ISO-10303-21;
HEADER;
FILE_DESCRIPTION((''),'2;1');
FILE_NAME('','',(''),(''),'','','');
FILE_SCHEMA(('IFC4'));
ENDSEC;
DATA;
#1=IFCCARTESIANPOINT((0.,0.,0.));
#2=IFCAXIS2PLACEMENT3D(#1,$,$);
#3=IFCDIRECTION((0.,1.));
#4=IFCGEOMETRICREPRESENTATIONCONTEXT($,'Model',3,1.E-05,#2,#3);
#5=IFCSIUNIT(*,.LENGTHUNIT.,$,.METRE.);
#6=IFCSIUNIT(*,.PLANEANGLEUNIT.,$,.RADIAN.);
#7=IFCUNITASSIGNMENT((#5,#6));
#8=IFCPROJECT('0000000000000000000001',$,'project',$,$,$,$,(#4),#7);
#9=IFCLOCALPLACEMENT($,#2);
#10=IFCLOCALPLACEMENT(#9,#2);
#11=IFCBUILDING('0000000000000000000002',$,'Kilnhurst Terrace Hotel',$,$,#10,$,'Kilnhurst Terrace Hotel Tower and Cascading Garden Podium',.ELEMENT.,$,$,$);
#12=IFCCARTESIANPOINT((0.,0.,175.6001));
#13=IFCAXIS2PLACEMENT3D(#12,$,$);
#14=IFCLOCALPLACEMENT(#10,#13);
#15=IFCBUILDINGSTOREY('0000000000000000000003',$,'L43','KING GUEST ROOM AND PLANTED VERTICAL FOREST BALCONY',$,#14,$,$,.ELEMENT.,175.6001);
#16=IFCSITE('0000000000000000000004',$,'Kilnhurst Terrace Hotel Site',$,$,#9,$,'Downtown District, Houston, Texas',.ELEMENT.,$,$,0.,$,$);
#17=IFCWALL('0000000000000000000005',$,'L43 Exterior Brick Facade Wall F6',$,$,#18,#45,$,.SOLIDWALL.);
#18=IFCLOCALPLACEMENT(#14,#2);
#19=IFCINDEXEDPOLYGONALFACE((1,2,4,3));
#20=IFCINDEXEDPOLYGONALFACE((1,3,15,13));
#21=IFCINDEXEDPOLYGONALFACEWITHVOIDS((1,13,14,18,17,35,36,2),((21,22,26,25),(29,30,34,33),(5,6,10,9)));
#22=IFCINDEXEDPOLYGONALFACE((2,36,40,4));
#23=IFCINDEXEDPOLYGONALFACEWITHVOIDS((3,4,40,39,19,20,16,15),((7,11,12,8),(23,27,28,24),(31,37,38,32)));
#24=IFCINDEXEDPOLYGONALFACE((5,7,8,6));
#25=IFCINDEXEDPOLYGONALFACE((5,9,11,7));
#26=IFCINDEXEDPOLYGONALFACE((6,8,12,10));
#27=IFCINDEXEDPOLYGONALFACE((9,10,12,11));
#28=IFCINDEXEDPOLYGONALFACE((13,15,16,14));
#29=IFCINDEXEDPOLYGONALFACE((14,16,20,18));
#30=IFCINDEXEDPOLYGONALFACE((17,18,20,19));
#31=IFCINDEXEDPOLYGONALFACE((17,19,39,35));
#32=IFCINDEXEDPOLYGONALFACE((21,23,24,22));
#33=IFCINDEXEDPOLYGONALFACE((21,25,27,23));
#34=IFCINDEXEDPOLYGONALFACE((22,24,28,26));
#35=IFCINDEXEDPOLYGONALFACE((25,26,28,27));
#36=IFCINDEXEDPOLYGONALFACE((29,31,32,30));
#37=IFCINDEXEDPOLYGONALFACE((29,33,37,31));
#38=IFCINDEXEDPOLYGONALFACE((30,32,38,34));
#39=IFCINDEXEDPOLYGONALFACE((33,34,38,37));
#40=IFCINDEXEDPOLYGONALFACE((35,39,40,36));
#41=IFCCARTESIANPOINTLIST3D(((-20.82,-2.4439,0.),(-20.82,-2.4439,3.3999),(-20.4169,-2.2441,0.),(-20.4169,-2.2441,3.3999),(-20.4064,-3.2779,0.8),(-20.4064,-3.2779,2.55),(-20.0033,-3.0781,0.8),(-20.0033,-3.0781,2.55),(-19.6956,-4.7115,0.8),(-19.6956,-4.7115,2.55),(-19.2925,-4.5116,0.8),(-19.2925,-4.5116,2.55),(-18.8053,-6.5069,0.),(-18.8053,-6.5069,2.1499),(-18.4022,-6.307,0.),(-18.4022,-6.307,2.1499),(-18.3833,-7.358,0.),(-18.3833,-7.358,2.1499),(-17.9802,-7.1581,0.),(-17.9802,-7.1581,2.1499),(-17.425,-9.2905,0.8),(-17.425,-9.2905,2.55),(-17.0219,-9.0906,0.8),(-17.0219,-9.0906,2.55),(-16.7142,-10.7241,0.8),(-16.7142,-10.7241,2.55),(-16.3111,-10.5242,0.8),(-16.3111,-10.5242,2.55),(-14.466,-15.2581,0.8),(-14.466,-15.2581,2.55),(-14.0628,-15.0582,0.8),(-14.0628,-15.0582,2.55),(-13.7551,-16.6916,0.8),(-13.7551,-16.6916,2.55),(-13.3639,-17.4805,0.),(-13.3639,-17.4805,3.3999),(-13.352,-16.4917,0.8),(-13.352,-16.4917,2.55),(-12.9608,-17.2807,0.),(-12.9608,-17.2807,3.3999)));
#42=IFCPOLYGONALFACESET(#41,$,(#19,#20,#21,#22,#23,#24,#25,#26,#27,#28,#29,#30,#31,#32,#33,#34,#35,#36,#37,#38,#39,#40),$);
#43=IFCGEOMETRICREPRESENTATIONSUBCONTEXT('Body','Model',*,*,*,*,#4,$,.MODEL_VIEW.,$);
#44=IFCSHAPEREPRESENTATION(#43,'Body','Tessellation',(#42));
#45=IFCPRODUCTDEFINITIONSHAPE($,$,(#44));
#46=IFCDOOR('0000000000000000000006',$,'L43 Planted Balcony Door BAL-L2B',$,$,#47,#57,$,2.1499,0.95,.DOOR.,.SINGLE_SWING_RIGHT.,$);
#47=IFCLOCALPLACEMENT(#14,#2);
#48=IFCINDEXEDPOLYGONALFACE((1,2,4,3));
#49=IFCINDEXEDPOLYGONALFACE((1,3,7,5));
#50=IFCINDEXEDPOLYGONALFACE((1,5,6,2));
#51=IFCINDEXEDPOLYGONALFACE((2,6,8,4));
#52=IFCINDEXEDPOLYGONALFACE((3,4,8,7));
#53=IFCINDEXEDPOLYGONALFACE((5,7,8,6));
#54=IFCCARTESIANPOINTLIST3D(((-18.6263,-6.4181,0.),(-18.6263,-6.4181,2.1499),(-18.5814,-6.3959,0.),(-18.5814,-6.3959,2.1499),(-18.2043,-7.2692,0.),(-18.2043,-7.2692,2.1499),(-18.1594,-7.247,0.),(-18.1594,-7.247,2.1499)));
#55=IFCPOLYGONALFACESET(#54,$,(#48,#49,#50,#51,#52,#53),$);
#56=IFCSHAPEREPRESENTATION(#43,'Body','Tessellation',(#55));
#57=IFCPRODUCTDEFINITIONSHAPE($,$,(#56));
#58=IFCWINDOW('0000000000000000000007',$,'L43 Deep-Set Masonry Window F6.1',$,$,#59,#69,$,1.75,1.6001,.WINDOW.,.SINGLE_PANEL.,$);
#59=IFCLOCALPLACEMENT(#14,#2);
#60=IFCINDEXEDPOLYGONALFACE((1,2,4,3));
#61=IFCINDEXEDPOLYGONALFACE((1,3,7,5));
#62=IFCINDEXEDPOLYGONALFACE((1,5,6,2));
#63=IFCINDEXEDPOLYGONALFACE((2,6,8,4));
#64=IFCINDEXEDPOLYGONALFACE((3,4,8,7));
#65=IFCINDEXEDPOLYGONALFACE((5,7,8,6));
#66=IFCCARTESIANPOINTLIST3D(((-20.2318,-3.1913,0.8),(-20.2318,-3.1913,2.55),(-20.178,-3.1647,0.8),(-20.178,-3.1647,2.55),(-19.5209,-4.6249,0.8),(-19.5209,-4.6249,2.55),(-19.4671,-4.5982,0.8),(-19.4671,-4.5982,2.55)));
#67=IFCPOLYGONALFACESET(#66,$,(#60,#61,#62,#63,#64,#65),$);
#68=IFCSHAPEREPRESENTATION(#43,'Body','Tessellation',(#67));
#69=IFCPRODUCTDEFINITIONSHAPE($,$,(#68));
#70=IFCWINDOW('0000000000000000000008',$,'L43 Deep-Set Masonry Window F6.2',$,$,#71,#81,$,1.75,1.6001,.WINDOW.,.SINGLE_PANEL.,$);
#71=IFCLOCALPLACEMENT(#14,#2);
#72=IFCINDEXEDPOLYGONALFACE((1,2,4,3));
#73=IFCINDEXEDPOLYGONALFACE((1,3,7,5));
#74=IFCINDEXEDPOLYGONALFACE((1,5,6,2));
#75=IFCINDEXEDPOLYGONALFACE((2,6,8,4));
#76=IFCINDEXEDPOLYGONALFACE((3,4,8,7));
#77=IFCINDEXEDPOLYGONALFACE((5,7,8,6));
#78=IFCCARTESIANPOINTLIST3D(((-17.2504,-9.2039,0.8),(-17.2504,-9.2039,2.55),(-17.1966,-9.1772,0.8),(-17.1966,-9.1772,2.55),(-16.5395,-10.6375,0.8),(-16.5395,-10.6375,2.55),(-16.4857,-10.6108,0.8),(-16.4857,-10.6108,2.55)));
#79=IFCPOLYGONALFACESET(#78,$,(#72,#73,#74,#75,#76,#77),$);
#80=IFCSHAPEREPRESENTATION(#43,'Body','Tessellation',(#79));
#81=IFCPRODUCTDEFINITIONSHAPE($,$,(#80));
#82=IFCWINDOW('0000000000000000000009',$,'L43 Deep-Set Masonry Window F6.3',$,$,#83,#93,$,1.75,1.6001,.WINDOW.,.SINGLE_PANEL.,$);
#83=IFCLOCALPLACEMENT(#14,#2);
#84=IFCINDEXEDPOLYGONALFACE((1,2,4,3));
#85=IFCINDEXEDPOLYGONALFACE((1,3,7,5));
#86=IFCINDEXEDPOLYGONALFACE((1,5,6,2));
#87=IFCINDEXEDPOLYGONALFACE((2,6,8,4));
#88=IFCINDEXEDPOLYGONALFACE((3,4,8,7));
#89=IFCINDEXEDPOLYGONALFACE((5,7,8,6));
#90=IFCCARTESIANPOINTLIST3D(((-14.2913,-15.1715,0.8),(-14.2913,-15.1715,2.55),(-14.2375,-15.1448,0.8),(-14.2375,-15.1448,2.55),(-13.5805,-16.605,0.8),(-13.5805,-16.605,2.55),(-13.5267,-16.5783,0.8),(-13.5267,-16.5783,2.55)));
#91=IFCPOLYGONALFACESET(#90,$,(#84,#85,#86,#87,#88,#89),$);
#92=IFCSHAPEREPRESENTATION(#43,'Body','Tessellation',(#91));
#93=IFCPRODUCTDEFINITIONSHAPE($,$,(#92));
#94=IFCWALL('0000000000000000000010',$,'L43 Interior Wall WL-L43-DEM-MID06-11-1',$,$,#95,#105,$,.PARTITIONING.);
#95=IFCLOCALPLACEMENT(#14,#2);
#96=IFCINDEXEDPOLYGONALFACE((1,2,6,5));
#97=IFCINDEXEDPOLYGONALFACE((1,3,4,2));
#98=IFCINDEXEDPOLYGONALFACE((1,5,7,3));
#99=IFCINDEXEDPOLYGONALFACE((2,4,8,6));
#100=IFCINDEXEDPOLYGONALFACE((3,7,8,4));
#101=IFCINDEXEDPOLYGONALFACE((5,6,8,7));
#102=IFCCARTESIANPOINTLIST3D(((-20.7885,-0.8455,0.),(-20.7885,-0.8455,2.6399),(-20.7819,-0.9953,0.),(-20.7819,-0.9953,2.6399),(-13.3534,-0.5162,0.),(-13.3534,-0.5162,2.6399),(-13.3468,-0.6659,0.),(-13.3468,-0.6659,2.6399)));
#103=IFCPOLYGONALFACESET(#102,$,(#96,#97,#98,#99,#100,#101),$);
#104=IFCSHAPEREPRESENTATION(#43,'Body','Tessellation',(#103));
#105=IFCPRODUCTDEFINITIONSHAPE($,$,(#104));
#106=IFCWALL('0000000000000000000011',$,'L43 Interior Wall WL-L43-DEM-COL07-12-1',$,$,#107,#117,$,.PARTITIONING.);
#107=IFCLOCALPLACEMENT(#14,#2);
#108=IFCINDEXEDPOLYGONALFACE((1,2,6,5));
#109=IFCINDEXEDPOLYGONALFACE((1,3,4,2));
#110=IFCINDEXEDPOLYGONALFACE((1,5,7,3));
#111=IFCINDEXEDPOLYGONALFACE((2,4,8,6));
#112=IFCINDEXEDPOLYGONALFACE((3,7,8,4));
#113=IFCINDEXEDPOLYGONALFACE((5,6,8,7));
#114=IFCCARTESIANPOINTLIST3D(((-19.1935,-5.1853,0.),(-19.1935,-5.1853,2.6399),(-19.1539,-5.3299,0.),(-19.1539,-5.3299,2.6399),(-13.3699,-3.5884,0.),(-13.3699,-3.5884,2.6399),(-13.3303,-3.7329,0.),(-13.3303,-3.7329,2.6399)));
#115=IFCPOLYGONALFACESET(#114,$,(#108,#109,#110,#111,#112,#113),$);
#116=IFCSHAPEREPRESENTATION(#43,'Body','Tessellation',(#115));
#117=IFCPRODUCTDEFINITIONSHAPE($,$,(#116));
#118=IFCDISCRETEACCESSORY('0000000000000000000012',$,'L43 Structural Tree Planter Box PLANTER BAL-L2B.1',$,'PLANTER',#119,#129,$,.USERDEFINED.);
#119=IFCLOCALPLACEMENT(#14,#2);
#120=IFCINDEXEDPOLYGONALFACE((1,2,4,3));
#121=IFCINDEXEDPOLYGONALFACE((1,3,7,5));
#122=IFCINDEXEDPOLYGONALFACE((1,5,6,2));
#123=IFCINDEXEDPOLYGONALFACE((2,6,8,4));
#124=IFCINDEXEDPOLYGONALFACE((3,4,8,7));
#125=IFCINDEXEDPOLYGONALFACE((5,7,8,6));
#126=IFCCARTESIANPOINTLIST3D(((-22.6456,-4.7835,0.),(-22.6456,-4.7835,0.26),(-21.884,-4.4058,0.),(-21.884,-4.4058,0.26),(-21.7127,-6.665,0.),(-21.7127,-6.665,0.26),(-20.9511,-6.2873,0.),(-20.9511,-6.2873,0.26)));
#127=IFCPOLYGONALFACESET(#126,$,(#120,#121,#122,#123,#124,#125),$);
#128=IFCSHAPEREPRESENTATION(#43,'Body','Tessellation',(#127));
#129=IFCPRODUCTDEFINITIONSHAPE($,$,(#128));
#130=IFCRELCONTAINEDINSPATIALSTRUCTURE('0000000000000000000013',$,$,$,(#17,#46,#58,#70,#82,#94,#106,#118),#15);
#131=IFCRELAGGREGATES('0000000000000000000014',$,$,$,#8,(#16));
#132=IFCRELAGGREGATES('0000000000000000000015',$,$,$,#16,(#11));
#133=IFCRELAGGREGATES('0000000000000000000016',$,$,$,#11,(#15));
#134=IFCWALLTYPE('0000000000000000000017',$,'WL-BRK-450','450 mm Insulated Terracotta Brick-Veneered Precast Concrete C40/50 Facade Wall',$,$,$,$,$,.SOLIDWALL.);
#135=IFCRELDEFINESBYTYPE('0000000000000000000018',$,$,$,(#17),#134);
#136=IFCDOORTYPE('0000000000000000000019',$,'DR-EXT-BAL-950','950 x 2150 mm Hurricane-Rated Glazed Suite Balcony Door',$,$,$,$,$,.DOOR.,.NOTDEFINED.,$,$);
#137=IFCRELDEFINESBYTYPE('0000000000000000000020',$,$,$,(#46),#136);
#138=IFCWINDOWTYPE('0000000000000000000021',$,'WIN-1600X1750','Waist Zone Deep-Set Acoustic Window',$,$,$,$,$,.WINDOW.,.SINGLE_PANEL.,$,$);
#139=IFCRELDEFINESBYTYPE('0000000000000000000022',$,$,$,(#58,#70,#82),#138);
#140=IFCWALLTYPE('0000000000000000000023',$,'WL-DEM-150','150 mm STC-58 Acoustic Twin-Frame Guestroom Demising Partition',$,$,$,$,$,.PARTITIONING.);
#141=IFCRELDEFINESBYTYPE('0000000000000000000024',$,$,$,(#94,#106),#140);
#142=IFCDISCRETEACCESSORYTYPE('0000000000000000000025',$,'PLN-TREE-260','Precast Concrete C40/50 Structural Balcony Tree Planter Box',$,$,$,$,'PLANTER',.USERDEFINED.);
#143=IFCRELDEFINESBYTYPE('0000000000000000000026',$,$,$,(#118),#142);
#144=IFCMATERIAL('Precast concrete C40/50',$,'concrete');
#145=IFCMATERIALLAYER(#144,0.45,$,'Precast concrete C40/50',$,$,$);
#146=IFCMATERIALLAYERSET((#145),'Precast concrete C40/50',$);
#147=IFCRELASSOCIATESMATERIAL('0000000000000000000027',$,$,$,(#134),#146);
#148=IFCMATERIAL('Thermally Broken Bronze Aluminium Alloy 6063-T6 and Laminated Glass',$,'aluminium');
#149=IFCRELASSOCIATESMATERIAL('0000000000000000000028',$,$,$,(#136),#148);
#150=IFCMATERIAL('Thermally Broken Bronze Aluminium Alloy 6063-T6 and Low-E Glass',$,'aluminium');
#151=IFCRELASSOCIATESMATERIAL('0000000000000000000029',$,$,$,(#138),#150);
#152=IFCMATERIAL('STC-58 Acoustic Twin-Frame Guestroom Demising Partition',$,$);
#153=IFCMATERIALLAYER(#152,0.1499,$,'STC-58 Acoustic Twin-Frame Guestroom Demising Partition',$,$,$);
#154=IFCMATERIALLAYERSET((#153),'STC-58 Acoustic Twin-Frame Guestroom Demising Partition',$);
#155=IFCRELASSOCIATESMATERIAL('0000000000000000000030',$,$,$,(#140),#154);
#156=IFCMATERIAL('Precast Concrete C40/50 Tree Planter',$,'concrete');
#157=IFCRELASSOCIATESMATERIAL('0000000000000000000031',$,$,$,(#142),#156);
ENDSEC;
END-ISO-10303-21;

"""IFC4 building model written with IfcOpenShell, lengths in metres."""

from ifc_helpers import new_model, si_unit, direction, frame, frame_2d, origin, origin_2d, place, context, subcontext, project, spatial, rectangle, extrude, material, layer, layer_set, type_object, element, fill, save


model = new_model("IFC4")

# Units and contexts
model_context = context("Model", 3, precision=1e-05, world=origin(), true_north=direction((0.0, 1.0)))
body_context = subcontext(model_context, "Body", "Model", "MODEL_VIEW")
ifc_project = project(units=[si_unit("LENGTHUNIT", "METRE"), si_unit("PLANEANGLEUNIT", "RADIAN")], contexts=[model_context])

# Site, building, storey
site_placement = place(None, origin())
site = spatial("IfcSite", under=ifc_project, at=site_placement, Name="Kilnhurst Terrace Hotel Site", LongName="Downtown District, Houston, Texas", CompositionType="ELEMENT", RefElevation=0.0)
building_placement = place(site_placement, origin())
building = spatial("IfcBuilding", under=site, at=building_placement, Name="Kilnhurst Terrace Hotel", LongName="Kilnhurst Terrace Hotel Tower and Cascading Garden Podium", CompositionType="ELEMENT")
storey_placement = place(building_placement, frame((0.0, 0.0, 175.6001)))
storey = spatial("IfcBuildingStorey", under=building, at=storey_placement, Name="L43", Description="KING GUEST ROOM AND PLANTED VERTICAL FOREST BALCONY", CompositionType="ELEMENT", Elevation=175.6001)

# Shared definitions
ifc_material_1 = material(Name="Precast concrete C40/50", Category="concrete")
ifc_layer_1 = layer(ifc_material_1, 0.45, Name="Precast concrete C40/50")
ifc_layer_set_1 = layer_set([ifc_layer_1], Name="Precast concrete C40/50")
wall_type_1 = type_object("IfcWallType", Name="WL-BRK-450", Description="450 mm Insulated Terracotta Brick-Veneered Precast Concrete C40/50 Facade Wall", PredefinedType="SOLIDWALL", material=ifc_layer_set_1)

# Wall, openings, door, windows
wall_1_placement = place(storey_placement, frame((-20.6184, -2.344, 0.0), z_axis=(0.0, 0.0, 1.0), x_axis=(0.444244, -0.895906, 0.0)))
wall_1 = element("IfcWall", 1, at=wall_1_placement, inside=storey, type_object=wall_type_1, Name="L43 Exterior Brick Facade Wall F6", PredefinedType="SOLIDWALL", context=body_context, shape_type="SweptSolid", body=[
    extrude(rectangle(XDim=16.7837, YDim=0.45, at=frame_2d((8.3918, 0.0))), origin(), (0.0, 0.0, 1.0), 3.3999),
])
opening_1_placement = place(wall_1_placement, frame((4.5349, 0.0, 0.0)))
opening_1 = element("IfcOpeningElement", 2, at=opening_1_placement, cuts=wall_1, PredefinedType="OPENING", context=body_context, shape_type="SweptSolid", body=[
    extrude(rectangle(XDim=0.95, YDim=2.1499, at=frame_2d((0.4751, 1.075))), frame((0.0, 0.2349, 0.0), z_axis=(0.0, -1.0, 0.0), x_axis=(1.0, 0.0, 0.0)), (0.0, 0.0, 1.0), 0.47),
])
opening_2_placement = place(wall_1_placement, frame((0.9309, 0.0, 0.8)))
opening_2 = element("IfcOpeningElement", 3, at=opening_2_placement, cuts=wall_1, PredefinedType="OPENING", context=body_context, shape_type="SweptSolid", body=[
    extrude(rectangle(XDim=1.6001, YDim=1.75, at=frame_2d((0.8, 0.875))), frame((0.0, 0.2349, 0.0), z_axis=(0.0, -1.0, 0.0), x_axis=(1.0, 0.0, 0.0)), (0.0, 0.0, 1.0), 0.47),
])
opening_3_placement = place(wall_1_placement, frame((7.6421, 0.0, 0.8)))
opening_3 = element("IfcOpeningElement", 4, at=opening_3_placement, cuts=wall_1, PredefinedType="OPENING", context=body_context, shape_type="SweptSolid", body=[
    extrude(rectangle(XDim=1.6001, YDim=1.75, at=frame_2d((0.8, 0.875))), frame((0.0, 0.2349, 0.0), z_axis=(0.0, -1.0, 0.0), x_axis=(1.0, 0.0, 0.0)), (0.0, 0.0, 1.0), 0.47),
])
opening_4_placement = place(wall_1_placement, frame((14.303, 0.0, 0.8)))
opening_4 = element("IfcOpeningElement", 5, at=opening_4_placement, cuts=wall_1, PredefinedType="OPENING", context=body_context, shape_type="SweptSolid", body=[
    extrude(rectangle(XDim=1.6001, YDim=1.75, at=frame_2d((0.8, 0.875))), frame((0.0, 0.2349, 0.0), z_axis=(0.0, -1.0, 0.0), x_axis=(1.0, 0.0, 0.0)), (0.0, 0.0, 1.0), 0.47),
])
ifc_material_2 = material(Name="Thermally Broken Bronze Aluminium Alloy 6063-T6 and Laminated Glass", Category="aluminium")
door_type_1 = type_object("IfcDoorType", Name="DR-EXT-BAL-950", Description="950 x 2150 mm Hurricane-Rated Glazed Suite Balcony Door", OperationType="NOTDEFINED", PredefinedType="DOOR", material=ifc_material_2)
door_1_placement = place(opening_1_placement, origin())
door_1 = element("IfcDoor", 6, at=door_1_placement, inside=storey, type_object=door_type_1, Name="L43 Planted Balcony Door BAL-L2B", OperationType="SINGLE_SWING_RIGHT", OverallHeight=2.1499, OverallWidth=0.95, PredefinedType="DOOR", context=body_context, shape_type="SweptSolid", body=[
    extrude(rectangle(XDim=0.95, YDim=2.1499, at=frame_2d((0.4751, 1.075))), frame((0.0, 0.0249, 0.0), z_axis=(0.0, -1.0, 0.0), x_axis=(1.0, 0.0, 0.0)), (0.0, 0.0, 1.0), 0.05),
])
fill(opening_1, door_1)
ifc_material_3 = material(Name="Thermally Broken Bronze Aluminium Alloy 6063-T6 and Low-E Glass", Category="aluminium")
window_type = type_object("IfcWindowType", Name="WIN-1600X1750", Description="Waist Zone Deep-Set Acoustic Window", PartitioningType="SINGLE_PANEL", PredefinedType="WINDOW", material=ifc_material_3)
window_1_placement = place(opening_2_placement, origin())
window_1 = element("IfcWindow", 7, at=window_1_placement, inside=storey, type_object=window_type, Name="L43 Deep-Set Masonry Window F6.1", OverallHeight=1.75, OverallWidth=1.6001, PartitioningType="SINGLE_PANEL", PredefinedType="WINDOW", context=body_context, shape_type="SweptSolid", body=[
    extrude(rectangle(XDim=1.6001, YDim=1.75, at=frame_2d((0.8, 0.875))), frame((0.0, 0.03, 0.0), z_axis=(0.0, -1.0, 0.0), x_axis=(1.0, 0.0, 0.0)), (0.0, 0.0, 1.0), 0.0601),
])
fill(opening_2, window_1)
window_2_placement = place(opening_3_placement, origin())
window_2 = element("IfcWindow", 8, at=window_2_placement, inside=storey, type_object=window_type, Name="L43 Deep-Set Masonry Window F6.2", OverallHeight=1.75, OverallWidth=1.6001, PartitioningType="SINGLE_PANEL", PredefinedType="WINDOW", context=body_context, shape_type="SweptSolid", body=[
    extrude(rectangle(XDim=1.6001, YDim=1.75, at=frame_2d((0.8, 0.875))), frame((0.0, 0.03, 0.0), z_axis=(0.0, -1.0, 0.0), x_axis=(1.0, 0.0, 0.0)), (0.0, 0.0, 1.0), 0.0601),
])
fill(opening_3, window_2)
window_3_placement = place(opening_4_placement, origin())
window_3 = element("IfcWindow", 9, at=window_3_placement, inside=storey, type_object=window_type, Name="L43 Deep-Set Masonry Window F6.3", OverallHeight=1.75, OverallWidth=1.6001, PartitioningType="SINGLE_PANEL", PredefinedType="WINDOW", context=body_context, shape_type="SweptSolid", body=[
    extrude(rectangle(XDim=1.6001, YDim=1.75, at=frame_2d((0.8, 0.875))), frame((0.0, 0.03, 0.0), z_axis=(0.0, -1.0, 0.0), x_axis=(1.0, 0.0, 0.0)), (0.0, 0.0, 1.0), 0.0601),
])
fill(opening_4, window_3)

# Walls
ifc_material_4 = material(Name="STC-58 Acoustic Twin-Frame Guestroom Demising Partition")
ifc_layer_2 = layer(ifc_material_4, 0.1499, Name="STC-58 Acoustic Twin-Frame Guestroom Demising Partition")
ifc_layer_set_2 = layer_set([ifc_layer_2], Name="STC-58 Acoustic Twin-Frame Guestroom Demising Partition")
wall_type_2 = type_object("IfcWallType", Name="WL-DEM-150", Description="150 mm STC-58 Acoustic Twin-Frame Guestroom Demising Partition", PredefinedType="PARTITIONING", material=ifc_layer_set_2)
wall_2_placement = place(storey_placement, frame((-13.3501, -0.5911, 0.0), z_axis=(0.0, 0.0, 1.0), x_axis=(-0.99902, -0.044253, 0.0)))
element("IfcWall", 10, at=wall_2_placement, inside=storey, type_object=wall_type_2, Name="L43 Interior Wall WL-L43-DEM-MID06-11-1", PredefinedType="PARTITIONING", context=body_context, shape_type="SweptSolid", body=[
    extrude(rectangle(XDim=7.4424, YDim=0.1499, at=frame_2d((3.7212, 0.0))), origin(), (0.0, 0.0, 1.0), 2.6399),
])
wall_3_placement = place(storey_placement, frame((-13.3501, -3.6606, 0.0), z_axis=(0.0, 0.0, 1.0), x_axis=(-0.964397, -0.264458, 0.0)))
element("IfcWall", 11, at=wall_3_placement, inside=storey, type_object=wall_type_2, Name="L43 Interior Wall WL-L43-DEM-COL07-12-1", PredefinedType="PARTITIONING", context=body_context, shape_type="SweptSolid", body=[
    extrude(rectangle(XDim=6.0386, YDim=0.1499, at=frame_2d((3.0193, 0.0))), origin(), (0.0, 0.0, 1.0), 2.6399),
])

# Discrete accessory
ifc_material_5 = material(Name="Precast Concrete C40/50 Tree Planter", Category="concrete")
discrete_accessory_type = type_object("IfcDiscreteAccessoryType", Name="PLN-TREE-260", Description="Precast Concrete C40/50 Structural Balcony Tree Planter Box", ElementType="PLANTER", PredefinedType="USERDEFINED", material=ifc_material_5)
discrete_accessory_placement = place(storey_placement, frame((-21.7983, -5.5354, 0.0), z_axis=(0.0, 0.0, 1.0), x_axis=(0.444244, -0.895906, 0.0)))
element("IfcDiscreteAccessory", 12, at=discrete_accessory_placement, inside=storey, type_object=discrete_accessory_type, Name="L43 Structural Tree Planter Box PLANTER BAL-L2B.1", ObjectType="PLANTER", PredefinedType="USERDEFINED", context=body_context, shape_type="SweptSolid", body=[
    extrude(rectangle(XDim=2.1001, YDim=0.8501, at=origin_2d()), origin(), (0.0, 0.0, 1.0), 0.26),
])

save(model, "model.ifc")
